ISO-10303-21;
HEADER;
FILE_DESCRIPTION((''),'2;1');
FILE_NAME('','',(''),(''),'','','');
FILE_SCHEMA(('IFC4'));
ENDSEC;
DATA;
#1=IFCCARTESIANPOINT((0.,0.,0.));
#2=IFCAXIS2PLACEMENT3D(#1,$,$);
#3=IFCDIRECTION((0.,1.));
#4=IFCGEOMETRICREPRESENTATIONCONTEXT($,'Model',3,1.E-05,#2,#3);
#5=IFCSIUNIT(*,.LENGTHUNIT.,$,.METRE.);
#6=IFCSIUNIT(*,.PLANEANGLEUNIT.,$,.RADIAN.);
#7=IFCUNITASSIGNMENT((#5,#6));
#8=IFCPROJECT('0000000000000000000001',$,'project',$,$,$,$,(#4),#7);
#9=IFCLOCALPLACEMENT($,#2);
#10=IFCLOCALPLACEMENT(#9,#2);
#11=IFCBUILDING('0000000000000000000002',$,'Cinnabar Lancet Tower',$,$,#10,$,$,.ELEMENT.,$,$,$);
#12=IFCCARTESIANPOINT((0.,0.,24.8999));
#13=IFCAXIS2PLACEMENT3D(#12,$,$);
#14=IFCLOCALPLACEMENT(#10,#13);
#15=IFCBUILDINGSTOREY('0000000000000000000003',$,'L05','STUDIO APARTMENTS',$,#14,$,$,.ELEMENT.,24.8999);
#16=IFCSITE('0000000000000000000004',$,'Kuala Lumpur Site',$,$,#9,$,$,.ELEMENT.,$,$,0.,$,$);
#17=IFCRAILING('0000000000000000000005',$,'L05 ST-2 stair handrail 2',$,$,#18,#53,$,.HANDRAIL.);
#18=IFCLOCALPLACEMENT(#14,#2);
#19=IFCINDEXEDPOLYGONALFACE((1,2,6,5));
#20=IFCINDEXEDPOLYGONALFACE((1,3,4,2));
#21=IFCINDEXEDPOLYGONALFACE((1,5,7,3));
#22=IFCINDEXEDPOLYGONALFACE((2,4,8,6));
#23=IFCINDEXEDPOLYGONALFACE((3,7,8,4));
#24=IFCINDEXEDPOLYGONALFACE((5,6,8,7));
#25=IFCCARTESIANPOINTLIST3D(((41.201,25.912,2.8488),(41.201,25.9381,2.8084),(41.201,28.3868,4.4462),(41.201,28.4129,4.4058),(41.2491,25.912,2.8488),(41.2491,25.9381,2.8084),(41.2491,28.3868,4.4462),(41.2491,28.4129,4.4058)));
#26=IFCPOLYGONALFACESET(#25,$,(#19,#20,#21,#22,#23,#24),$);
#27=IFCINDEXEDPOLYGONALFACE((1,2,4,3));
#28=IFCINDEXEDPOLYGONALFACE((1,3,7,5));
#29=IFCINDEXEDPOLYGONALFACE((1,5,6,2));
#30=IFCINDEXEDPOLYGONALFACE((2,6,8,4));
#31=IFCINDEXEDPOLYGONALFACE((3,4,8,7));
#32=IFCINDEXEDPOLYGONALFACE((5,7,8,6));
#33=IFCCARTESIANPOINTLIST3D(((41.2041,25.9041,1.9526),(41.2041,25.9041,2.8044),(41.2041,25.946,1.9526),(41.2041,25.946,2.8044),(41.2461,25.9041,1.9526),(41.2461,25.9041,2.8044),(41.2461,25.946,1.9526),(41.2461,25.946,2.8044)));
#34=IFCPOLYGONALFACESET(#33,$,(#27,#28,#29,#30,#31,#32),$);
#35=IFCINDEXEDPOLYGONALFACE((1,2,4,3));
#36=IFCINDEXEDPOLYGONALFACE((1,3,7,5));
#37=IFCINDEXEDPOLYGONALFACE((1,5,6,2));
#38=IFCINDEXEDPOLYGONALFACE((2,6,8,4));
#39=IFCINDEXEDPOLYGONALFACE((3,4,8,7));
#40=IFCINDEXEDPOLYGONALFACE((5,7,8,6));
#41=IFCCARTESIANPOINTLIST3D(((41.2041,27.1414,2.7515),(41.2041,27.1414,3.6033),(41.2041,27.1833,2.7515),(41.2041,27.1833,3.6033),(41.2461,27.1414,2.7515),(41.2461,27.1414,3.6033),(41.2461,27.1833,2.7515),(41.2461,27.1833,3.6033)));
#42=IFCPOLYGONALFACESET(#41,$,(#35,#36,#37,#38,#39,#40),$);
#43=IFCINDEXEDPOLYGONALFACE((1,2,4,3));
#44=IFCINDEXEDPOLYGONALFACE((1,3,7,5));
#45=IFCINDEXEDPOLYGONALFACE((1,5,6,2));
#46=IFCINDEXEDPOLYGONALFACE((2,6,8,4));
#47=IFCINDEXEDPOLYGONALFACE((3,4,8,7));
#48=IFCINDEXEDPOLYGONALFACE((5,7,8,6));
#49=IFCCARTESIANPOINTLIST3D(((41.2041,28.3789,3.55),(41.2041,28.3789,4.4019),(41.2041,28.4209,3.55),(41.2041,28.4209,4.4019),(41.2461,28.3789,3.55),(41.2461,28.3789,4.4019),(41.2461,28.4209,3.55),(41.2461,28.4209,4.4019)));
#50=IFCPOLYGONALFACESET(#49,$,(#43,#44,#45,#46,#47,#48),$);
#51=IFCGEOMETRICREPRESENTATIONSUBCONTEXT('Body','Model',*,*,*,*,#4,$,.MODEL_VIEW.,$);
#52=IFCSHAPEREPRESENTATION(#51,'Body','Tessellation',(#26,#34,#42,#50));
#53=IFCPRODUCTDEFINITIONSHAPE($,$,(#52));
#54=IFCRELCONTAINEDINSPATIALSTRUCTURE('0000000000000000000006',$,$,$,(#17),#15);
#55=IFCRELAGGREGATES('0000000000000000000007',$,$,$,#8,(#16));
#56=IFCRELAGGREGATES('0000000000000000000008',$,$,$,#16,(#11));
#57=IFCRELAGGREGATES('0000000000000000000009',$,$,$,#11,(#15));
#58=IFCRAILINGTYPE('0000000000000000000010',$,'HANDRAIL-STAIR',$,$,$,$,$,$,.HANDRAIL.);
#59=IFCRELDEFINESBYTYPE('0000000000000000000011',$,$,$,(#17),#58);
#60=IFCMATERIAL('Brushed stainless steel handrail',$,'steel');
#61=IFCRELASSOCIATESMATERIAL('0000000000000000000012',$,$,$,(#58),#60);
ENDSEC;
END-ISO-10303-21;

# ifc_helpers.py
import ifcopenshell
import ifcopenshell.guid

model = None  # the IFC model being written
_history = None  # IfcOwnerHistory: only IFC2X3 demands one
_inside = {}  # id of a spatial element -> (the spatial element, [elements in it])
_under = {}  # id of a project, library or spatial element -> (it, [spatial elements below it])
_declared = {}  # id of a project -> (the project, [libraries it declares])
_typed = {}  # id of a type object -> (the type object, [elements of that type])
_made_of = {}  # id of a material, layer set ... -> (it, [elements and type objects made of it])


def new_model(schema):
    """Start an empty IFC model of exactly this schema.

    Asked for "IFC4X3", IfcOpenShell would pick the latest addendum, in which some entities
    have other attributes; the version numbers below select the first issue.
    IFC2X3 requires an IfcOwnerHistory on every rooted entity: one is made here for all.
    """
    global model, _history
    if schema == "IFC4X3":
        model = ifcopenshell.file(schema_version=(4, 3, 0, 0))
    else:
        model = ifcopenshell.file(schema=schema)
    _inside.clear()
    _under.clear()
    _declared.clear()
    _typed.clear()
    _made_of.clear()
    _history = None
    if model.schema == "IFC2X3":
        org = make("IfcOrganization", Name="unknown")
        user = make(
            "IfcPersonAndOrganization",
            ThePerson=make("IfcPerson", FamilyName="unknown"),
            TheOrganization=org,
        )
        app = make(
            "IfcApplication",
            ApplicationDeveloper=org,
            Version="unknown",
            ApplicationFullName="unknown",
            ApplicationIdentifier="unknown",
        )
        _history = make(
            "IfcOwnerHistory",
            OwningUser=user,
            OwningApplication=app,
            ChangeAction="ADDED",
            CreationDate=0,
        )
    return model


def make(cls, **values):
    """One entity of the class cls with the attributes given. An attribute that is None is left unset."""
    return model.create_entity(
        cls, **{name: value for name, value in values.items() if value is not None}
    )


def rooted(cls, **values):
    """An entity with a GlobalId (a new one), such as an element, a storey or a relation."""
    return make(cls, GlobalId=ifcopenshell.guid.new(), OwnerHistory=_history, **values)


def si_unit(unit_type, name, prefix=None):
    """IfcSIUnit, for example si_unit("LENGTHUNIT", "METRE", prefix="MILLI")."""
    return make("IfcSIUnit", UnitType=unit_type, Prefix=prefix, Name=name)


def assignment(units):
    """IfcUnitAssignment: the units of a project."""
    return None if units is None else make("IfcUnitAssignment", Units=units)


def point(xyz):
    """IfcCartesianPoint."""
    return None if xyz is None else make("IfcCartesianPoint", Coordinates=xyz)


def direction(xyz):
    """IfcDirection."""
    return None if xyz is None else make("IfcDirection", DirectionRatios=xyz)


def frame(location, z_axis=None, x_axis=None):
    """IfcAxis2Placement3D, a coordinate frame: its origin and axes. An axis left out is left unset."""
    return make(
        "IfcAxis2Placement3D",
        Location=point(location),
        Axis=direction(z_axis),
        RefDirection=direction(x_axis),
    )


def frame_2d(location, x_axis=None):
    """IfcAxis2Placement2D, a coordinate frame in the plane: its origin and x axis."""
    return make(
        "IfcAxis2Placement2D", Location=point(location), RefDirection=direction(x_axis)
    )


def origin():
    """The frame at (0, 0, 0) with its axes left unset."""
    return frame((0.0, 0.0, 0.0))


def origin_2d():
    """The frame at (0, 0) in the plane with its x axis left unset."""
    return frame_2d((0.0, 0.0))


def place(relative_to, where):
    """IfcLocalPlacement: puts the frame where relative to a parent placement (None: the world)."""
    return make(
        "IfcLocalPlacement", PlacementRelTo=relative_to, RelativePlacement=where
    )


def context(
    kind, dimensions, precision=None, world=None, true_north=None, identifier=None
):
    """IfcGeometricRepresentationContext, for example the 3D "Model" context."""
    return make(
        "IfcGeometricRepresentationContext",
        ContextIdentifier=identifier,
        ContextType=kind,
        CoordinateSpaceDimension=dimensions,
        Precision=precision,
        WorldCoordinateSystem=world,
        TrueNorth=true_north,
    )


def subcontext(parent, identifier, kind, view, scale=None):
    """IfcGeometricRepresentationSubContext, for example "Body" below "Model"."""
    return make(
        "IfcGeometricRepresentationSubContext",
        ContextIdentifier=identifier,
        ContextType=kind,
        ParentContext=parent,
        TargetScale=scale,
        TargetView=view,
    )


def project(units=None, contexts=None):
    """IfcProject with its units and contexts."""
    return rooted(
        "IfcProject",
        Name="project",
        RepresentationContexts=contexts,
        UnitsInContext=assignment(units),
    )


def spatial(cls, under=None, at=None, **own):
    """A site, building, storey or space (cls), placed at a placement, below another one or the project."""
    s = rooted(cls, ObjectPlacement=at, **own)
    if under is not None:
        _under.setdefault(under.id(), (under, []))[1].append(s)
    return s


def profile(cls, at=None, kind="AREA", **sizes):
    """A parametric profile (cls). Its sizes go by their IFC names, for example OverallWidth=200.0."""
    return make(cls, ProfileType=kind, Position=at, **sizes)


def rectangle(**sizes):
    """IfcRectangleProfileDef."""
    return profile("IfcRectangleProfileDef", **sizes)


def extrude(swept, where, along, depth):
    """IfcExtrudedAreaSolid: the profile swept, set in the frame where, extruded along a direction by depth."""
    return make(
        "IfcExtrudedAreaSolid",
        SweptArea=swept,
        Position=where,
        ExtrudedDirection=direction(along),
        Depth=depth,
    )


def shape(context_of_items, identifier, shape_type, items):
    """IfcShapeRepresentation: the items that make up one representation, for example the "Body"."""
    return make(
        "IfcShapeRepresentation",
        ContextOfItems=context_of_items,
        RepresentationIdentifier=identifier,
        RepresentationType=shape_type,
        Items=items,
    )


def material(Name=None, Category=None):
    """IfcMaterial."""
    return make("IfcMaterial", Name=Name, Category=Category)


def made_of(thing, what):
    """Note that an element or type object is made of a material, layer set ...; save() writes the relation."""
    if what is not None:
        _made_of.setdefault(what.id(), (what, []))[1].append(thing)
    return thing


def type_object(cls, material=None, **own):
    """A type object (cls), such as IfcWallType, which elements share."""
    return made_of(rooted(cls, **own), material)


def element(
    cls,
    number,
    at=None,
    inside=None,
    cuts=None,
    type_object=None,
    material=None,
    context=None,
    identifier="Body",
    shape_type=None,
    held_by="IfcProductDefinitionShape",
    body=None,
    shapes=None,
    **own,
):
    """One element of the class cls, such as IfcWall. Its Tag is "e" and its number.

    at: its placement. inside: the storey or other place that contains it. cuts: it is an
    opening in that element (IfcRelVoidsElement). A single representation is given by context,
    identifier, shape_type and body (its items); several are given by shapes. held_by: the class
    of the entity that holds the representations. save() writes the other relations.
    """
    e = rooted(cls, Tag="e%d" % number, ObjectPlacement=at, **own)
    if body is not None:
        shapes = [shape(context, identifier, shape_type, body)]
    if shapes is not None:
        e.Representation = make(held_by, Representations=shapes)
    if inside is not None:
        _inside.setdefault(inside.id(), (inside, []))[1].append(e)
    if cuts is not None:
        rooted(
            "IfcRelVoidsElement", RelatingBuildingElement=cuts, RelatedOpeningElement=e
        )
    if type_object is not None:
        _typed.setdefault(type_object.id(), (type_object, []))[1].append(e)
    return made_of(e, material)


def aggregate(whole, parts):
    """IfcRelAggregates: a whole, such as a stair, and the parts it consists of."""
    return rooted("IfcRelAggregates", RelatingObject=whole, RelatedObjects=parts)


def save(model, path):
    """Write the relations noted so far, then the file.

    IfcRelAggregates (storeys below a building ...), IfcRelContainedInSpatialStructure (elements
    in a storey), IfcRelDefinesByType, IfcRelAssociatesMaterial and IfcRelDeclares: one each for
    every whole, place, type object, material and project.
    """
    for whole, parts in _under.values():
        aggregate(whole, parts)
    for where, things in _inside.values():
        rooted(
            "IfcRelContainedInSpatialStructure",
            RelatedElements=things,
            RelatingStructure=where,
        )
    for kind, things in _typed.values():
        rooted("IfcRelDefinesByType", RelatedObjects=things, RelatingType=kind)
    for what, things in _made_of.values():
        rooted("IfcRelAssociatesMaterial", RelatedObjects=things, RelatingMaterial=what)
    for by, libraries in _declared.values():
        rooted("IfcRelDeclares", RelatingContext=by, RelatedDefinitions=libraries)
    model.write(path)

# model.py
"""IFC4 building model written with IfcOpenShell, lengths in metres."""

from ifc_helpers import new_model, si_unit, direction, frame, origin, origin_2d, place, context, subcontext, project, spatial, rectangle, extrude, material, type_object, element, save


model = new_model("IFC4")

# Units and contexts
model_context = context("Model", 3, precision=1e-05, world=origin(), true_north=direction((0.0, 1.0)))
body_context = subcontext(model_context, "Body", "Model", "MODEL_VIEW")
ifc_project = project(units=[si_unit("LENGTHUNIT", "METRE"), si_unit("PLANEANGLEUNIT", "RADIAN")], contexts=[model_context])

# Site, building, storey
site_placement = place(None, origin())
site = spatial("IfcSite", under=ifc_project, at=site_placement, Name="Kuala Lumpur Site", CompositionType="ELEMENT", RefElevation=0.0)
building_placement = place(site_placement, origin())
building = spatial("IfcBuilding", under=site, at=building_placement, Name="Cinnabar Lancet Tower", CompositionType="ELEMENT")
storey_placement = place(building_placement, frame((0.0, 0.0, 24.8999)))
storey = spatial("IfcBuildingStorey", under=building, at=storey_placement, Name="L05", Description="STUDIO APARTMENTS", CompositionType="ELEMENT", Elevation=24.8999)

# Railing
ifc_material_1 = material(Name="Brushed stainless steel handrail", Category="steel")
railing_type_1 = type_object("IfcRailingType", Name="HANDRAIL-STAIR", PredefinedType="HANDRAIL", material=ifc_material_1)
railing_1_placement = place(storey_placement, frame((41.2251, 25.925, 1.9526)))
element("IfcRailing", 1, at=railing_1_placement, inside=storey, type_object=railing_type_1, Name="L05 ST-2 stair handrail 2", PredefinedType="HANDRAIL", context=body_context, shape_type="SweptSolid", body=[
    extrude(rectangle(XDim=0.0481, YDim=0.0481, at=origin_2d()), frame((0.0, 0.0, 0.876), z_axis=(0.0, 0.840183, 0.542302), x_axis=(-1.0, 0.0, 0.0)), (0.0, 0.0, 1.0), 2.9456),
    extrude(rectangle(XDim=0.042, YDim=0.042, at=origin_2d()), origin(), (0.0, 0.0, 1.0), 0.8518),
    extrude(rectangle(XDim=0.042, YDim=0.042, at=origin_2d()), frame((0.0, 1.2373, 0.7988)), (0.0, 0.0, 1.0), 0.8518),
    extrude(rectangle(XDim=0.042, YDim=0.042, at=origin_2d()), frame((0.0, 2.4749, 1.5974)), (0.0, 0.0, 1.0), 0.8518),
])

save(model, "model.ifc")
